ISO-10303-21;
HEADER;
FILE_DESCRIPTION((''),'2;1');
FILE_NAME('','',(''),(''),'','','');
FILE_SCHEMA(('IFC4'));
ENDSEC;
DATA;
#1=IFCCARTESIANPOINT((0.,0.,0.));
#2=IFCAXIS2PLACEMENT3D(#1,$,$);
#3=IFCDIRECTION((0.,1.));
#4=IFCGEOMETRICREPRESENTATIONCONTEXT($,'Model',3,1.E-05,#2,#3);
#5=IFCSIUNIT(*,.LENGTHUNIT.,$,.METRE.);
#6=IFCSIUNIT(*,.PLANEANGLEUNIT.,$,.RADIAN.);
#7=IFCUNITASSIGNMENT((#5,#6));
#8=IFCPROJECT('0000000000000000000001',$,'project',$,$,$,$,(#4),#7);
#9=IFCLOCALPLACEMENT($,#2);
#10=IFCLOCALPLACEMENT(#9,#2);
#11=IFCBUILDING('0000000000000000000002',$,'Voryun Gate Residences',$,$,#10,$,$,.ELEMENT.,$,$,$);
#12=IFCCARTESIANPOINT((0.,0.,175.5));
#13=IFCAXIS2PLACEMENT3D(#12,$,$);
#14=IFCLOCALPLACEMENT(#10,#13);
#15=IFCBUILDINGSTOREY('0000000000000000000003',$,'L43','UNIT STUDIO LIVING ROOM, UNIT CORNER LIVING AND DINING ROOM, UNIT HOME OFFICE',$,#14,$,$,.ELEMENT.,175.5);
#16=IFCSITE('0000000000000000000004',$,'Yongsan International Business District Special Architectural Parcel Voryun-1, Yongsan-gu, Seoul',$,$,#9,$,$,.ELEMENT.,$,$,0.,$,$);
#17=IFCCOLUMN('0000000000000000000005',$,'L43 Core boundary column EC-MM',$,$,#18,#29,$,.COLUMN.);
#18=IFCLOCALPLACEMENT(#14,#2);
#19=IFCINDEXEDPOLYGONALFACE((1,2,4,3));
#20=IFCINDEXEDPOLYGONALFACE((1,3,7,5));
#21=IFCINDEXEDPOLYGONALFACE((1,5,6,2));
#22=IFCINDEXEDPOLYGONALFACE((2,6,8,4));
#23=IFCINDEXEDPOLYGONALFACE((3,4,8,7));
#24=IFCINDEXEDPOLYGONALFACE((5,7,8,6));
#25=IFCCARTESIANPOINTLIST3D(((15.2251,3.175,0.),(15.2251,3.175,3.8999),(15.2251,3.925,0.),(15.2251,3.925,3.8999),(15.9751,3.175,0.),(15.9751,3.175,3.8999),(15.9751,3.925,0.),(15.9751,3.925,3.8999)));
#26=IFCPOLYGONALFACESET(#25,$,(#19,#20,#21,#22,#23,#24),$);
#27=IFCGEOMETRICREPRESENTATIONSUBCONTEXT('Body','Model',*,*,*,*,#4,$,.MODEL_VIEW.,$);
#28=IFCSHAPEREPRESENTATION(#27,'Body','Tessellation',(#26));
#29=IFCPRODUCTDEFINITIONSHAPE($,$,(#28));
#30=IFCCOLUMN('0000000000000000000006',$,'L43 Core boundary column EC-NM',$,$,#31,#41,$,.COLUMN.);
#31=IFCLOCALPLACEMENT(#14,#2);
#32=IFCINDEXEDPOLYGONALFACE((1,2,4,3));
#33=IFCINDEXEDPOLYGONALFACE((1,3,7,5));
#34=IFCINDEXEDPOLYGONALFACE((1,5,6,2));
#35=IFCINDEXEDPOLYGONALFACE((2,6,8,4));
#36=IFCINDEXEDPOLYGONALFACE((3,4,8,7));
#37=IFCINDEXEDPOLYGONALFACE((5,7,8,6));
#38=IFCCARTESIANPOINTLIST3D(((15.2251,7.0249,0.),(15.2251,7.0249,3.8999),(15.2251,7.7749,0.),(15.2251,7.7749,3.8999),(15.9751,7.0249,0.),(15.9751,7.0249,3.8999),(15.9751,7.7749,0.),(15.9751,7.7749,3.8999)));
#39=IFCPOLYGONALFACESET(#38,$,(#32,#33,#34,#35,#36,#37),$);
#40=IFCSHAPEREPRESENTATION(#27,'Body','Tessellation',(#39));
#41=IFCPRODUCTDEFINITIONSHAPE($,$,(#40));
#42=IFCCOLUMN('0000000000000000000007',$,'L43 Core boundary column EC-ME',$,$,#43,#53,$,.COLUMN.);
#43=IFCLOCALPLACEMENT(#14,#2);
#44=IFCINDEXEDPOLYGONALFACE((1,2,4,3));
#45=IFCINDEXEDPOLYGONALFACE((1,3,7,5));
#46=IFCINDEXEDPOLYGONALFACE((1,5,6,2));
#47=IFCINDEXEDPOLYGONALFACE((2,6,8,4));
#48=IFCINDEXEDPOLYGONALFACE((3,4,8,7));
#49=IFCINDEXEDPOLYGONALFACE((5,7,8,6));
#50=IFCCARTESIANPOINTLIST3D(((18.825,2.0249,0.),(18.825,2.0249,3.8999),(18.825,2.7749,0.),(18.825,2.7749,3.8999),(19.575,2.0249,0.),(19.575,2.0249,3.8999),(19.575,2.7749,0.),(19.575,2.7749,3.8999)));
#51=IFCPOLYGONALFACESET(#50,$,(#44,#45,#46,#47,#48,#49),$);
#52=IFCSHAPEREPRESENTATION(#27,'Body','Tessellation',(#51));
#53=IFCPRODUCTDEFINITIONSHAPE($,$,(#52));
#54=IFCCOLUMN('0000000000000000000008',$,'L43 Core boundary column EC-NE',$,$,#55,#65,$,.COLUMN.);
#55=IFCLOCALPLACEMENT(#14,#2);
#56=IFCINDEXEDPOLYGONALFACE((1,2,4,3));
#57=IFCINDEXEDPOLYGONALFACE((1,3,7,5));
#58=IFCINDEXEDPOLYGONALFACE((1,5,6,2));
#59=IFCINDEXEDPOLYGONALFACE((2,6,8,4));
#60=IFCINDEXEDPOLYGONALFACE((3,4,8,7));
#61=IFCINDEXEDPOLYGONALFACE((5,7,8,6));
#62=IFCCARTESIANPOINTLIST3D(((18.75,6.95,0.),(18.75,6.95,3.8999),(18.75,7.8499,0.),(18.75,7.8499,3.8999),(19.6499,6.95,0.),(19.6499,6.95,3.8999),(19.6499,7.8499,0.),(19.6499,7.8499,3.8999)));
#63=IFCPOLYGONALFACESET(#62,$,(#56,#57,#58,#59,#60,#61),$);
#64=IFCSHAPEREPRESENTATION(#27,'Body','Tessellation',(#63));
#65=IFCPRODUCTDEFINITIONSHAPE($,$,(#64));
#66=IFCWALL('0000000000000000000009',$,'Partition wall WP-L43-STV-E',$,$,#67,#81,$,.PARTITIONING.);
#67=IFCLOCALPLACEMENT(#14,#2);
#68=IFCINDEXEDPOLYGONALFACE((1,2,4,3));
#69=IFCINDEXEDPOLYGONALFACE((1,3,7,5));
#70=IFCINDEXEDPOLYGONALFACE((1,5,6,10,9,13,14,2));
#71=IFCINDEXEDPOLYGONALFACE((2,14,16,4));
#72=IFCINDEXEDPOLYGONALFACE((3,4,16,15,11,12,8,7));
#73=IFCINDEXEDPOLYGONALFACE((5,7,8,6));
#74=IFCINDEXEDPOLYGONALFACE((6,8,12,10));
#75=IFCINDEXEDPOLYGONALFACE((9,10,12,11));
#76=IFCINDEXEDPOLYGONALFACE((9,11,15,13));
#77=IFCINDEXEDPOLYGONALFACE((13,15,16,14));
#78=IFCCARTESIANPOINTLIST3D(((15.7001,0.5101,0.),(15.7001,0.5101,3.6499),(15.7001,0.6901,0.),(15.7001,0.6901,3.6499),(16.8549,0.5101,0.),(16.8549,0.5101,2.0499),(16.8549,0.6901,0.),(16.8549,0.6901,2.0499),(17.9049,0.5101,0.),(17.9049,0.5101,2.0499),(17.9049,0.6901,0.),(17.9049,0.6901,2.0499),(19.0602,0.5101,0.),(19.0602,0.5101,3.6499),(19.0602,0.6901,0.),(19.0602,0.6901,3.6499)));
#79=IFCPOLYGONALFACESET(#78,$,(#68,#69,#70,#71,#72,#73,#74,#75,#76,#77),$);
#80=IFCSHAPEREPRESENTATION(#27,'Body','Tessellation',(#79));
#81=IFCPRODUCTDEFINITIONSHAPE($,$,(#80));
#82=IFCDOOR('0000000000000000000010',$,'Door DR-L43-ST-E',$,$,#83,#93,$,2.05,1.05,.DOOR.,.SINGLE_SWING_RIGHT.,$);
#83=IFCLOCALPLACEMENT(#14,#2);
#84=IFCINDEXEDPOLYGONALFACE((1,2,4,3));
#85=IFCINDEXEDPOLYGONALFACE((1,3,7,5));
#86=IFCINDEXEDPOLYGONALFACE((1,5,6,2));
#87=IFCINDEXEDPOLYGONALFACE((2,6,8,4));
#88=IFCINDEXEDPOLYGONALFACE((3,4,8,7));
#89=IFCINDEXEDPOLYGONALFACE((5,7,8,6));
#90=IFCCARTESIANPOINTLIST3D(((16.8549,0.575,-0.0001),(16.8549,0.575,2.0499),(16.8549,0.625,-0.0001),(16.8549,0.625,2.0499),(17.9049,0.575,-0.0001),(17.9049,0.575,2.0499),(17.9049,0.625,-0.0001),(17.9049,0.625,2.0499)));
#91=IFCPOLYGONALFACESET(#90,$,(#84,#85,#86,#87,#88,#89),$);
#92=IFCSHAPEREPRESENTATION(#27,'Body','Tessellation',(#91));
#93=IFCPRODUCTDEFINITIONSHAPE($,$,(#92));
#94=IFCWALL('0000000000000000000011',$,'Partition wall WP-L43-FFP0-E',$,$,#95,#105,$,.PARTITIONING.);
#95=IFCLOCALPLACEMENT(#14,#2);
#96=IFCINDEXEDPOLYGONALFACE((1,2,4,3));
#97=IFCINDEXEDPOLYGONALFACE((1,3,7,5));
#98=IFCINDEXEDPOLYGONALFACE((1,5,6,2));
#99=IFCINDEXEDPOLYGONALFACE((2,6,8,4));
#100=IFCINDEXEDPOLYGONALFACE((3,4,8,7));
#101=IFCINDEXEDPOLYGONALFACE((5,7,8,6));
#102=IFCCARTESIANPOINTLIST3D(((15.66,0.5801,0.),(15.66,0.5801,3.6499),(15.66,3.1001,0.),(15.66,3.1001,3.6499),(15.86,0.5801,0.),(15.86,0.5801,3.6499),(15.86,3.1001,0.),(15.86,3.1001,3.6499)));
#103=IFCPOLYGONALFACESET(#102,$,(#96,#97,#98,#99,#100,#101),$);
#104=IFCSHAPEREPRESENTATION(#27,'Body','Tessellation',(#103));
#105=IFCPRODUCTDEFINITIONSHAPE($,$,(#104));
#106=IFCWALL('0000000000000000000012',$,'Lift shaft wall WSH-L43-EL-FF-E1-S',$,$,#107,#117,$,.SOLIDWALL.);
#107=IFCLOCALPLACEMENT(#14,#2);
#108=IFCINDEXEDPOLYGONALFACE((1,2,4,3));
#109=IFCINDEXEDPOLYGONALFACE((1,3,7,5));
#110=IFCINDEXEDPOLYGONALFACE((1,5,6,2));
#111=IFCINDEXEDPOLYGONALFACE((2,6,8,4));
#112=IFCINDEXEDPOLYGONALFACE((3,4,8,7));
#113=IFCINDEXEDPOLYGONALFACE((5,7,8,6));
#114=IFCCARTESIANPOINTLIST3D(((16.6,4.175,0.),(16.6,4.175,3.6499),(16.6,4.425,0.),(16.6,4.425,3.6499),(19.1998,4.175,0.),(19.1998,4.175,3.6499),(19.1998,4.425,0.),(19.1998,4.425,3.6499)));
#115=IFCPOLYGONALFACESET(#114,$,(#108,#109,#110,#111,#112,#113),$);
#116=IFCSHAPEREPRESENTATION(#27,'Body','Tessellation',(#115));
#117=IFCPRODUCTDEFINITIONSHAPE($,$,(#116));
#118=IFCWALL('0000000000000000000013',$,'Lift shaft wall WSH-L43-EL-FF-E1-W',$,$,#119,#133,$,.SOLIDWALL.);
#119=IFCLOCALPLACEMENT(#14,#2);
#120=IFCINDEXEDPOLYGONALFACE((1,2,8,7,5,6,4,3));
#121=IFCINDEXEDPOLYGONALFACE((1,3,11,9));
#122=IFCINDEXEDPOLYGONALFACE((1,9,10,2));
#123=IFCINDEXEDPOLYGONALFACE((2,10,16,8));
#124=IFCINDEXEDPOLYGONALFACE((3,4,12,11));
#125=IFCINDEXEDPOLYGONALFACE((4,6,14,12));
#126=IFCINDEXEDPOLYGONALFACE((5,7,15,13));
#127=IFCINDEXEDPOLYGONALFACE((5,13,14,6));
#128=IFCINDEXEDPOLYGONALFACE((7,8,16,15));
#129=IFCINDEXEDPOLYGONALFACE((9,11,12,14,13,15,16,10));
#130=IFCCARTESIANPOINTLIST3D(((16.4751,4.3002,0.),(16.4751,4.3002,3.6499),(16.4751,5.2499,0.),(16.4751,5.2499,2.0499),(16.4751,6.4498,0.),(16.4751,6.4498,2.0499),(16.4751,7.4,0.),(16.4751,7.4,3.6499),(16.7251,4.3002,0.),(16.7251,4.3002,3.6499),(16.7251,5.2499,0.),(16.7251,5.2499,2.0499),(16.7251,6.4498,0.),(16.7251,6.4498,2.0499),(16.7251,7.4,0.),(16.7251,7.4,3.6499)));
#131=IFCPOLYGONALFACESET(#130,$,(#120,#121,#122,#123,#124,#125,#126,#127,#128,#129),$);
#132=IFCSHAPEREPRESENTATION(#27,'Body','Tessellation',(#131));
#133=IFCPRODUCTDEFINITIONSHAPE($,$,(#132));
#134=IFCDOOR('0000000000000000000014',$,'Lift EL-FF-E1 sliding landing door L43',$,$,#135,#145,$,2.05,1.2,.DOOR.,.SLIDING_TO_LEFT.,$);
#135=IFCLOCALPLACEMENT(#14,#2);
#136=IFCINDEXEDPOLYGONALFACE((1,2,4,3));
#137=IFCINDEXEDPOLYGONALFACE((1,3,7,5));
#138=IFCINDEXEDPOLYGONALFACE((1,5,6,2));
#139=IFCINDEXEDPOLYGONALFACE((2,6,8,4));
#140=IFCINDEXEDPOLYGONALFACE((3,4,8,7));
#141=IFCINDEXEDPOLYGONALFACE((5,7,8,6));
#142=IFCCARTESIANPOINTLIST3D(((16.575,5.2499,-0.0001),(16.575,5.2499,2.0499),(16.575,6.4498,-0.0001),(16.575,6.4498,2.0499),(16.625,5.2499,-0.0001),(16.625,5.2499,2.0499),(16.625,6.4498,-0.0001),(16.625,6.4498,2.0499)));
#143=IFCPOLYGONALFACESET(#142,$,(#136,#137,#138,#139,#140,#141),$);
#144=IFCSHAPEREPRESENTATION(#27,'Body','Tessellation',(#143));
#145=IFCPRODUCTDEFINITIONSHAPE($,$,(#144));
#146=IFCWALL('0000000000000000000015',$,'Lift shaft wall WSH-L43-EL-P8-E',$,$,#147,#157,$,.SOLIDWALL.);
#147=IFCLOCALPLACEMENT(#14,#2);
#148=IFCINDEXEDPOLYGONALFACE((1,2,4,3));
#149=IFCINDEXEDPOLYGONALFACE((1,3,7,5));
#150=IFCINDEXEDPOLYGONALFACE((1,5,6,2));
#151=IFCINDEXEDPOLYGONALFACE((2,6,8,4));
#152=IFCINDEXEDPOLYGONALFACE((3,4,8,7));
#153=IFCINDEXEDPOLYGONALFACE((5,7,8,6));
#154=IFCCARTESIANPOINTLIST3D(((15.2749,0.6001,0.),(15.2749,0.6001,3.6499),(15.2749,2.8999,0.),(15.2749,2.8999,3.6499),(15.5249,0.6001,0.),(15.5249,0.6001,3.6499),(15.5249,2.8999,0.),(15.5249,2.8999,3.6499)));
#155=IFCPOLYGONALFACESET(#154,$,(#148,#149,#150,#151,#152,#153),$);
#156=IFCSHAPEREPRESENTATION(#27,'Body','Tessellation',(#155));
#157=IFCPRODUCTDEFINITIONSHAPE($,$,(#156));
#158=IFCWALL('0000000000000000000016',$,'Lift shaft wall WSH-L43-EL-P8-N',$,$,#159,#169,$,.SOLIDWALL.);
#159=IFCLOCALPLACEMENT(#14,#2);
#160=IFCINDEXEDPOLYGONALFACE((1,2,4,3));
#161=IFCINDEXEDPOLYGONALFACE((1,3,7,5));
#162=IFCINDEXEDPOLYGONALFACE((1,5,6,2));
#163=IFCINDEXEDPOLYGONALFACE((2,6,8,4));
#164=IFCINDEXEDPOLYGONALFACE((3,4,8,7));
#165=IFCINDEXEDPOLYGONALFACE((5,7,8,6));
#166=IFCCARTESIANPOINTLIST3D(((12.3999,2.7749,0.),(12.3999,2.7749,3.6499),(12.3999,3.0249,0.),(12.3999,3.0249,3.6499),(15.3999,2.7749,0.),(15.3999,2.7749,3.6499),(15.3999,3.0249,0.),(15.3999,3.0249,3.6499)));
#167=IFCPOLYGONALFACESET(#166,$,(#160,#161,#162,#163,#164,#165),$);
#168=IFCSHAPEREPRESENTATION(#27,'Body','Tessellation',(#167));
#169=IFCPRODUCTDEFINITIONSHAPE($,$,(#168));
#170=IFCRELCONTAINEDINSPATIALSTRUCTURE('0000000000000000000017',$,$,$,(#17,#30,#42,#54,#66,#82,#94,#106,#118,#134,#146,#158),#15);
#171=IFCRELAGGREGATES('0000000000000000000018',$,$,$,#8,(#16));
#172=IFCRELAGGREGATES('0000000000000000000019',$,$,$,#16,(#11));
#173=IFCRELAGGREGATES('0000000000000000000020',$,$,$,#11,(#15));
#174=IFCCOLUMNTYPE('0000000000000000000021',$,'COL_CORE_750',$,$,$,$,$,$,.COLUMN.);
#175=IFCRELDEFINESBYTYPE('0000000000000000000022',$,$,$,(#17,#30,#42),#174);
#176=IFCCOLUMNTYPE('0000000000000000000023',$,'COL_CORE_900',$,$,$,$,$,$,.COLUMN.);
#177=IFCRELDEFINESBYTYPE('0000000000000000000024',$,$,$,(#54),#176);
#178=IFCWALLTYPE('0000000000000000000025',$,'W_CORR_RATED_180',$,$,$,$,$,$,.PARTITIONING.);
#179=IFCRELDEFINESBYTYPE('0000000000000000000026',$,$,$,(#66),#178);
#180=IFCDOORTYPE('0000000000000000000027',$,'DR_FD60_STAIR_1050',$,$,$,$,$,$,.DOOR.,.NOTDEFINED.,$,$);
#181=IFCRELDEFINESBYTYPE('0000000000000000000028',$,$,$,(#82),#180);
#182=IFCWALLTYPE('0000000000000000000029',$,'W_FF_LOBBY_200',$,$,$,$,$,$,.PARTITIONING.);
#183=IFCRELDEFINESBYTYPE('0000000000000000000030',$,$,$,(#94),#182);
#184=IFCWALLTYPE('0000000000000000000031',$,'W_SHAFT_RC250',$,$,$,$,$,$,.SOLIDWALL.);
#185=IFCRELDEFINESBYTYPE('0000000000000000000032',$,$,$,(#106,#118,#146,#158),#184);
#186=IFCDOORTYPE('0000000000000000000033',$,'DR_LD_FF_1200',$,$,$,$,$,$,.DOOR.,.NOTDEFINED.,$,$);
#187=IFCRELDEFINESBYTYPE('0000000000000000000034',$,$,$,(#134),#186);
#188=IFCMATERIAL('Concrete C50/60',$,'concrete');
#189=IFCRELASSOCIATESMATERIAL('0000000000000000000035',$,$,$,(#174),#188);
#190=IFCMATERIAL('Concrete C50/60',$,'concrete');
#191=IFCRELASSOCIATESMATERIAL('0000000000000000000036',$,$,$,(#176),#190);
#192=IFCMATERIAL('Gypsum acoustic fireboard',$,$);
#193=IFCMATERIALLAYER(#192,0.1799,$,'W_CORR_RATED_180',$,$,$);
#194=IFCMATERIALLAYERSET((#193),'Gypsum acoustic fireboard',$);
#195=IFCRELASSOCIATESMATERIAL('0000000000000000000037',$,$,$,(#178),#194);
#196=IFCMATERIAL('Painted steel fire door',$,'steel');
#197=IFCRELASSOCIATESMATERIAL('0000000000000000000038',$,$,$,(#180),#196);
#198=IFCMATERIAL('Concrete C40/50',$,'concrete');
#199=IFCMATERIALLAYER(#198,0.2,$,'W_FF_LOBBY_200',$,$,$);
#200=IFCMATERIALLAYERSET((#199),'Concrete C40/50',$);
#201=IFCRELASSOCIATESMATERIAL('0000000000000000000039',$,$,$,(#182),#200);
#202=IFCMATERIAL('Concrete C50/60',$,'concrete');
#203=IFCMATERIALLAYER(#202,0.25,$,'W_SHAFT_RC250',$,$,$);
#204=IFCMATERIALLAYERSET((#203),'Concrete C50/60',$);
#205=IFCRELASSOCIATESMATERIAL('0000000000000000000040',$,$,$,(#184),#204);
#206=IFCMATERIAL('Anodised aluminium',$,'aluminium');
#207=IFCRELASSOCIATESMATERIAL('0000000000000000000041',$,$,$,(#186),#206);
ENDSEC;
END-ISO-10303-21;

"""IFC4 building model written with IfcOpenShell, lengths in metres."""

from ifc_helpers import new_model, si_unit, direction, frame, frame_2d, origin, origin_2d, place, context, subcontext, project, spatial, rectangle, extrude, material, layer, layer_set, material_profile, profile_set, type_object, element, fill, save


model = new_model("IFC4")

# Units and contexts
model_context = context("Model", 3, precision=1e-05, world=origin(), true_north=direction((0.0, 1.0)))
body_context = subcontext(model_context, "Body", "Model", "MODEL_VIEW")
ifc_project = project(units=[si_unit("LENGTHUNIT", "METRE"), si_unit("PLANEANGLEUNIT", "RADIAN")], contexts=[model_context])

# Site, building, storey
site_placement = place(None, origin())
site = spatial("IfcSite", under=ifc_project, at=site_placement, Name="Yongsan International Business District Special Architectural Parcel Voryun-1, Yongsan-gu, Seoul", CompositionType="ELEMENT", RefElevation=0.0)
building_placement = place(site_placement, origin())
building = spatial("IfcBuilding", under=site, at=building_placement, Name="Voryun Gate Residences", CompositionType="ELEMENT")
storey_placement = place(building_placement, frame((0.0, 0.0, 175.5)))
storey = spatial("IfcBuildingStorey", under=building, at=storey_placement, Name="L43", Description="UNIT STUDIO LIVING ROOM, UNIT CORNER LIVING AND DINING ROOM, UNIT HOME OFFICE", CompositionType="ELEMENT", Elevation=175.5)

# Columns
ifc_material_1 = material(Name="Concrete C50/60", Category="concrete")
ifc_material_profile_1 = material_profile(ifc_material_1, rectangle(XDim=0.75, YDim=0.75, at=origin_2d()), Name="RC-750x750")
ifc_profile_set_1 = profile_set([ifc_material_profile_1], Name="Concrete C50/60")
column_type_1 = type_object("IfcColumnType", Name="COL_CORE_750", PredefinedType="COLUMN", material=ifc_profile_set_1)
for number, where, z_axis, x_axis, name in (
    (1, (15.6001, 3.55, 0.0), (0.0, 0.0, 1.0), (1.0, 0.0, 0.0), "L43 Core boundary column EC-MM"),
    (2, (15.6001, 7.3999, 0.0), (0.0, 0.0, 1.0), (1.0, 0.0, 0.0), "L43 Core boundary column EC-NM"),
    (3, (19.2, 2.3999, 0.0), (0.0, 0.0, 1.0), (1.0, 0.0, 0.0), "L43 Core boundary column EC-ME"),
):
    element("IfcColumn", number, at=place(storey_placement, frame(where, z_axis=z_axis, x_axis=x_axis)), inside=storey, type_object=column_type_1, Name=name, PredefinedType="COLUMN", context=body_context, shape_type="SweptSolid", body=[
        extrude(rectangle(XDim=0.75, YDim=0.75, at=origin_2d()), origin(), (0.0, 0.0, 1.0), 3.8999),
    ])
ifc_material_2 = material(Name="Concrete C50/60", Category="concrete")
ifc_material_profile_2 = material_profile(ifc_material_2, rectangle(XDim=0.8999, YDim=0.8999, at=origin_2d()), Name="RC-900x900")
ifc_profile_set_2 = profile_set([ifc_material_profile_2], Name="Concrete C50/60")
column_type_2 = type_object("IfcColumnType", Name="COL_CORE_900", PredefinedType="COLUMN", material=ifc_profile_set_2)
column_placement = place(storey_placement, frame((19.2, 7.3999, 0.0), z_axis=(0.0, 0.0, 1.0), x_axis=(1.0, 0.0, 0.0)))
element("IfcColumn", 4, at=column_placement, inside=storey, type_object=column_type_2, Name="L43 Core boundary column EC-NE", PredefinedType="COLUMN", context=body_context, shape_type="SweptSolid", body=[
    extrude(rectangle(XDim=0.8999, YDim=0.8999, at=origin_2d()), origin(), (0.0, 0.0, 1.0), 3.8999),
])

# Wall, opening, door
ifc_material_3 = material(Name="Gypsum acoustic fireboard")
ifc_layer_1 = layer(ifc_material_3, 0.1799, Name="W_CORR_RATED_180")
ifc_layer_set_1 = layer_set([ifc_layer_1], Name="Gypsum acoustic fireboard")
wall_type_1 = type_object("IfcWallType", Name="W_CORR_RATED_180", PredefinedType="PARTITIONING", material=ifc_layer_set_1)
wall_1_placement = place(storey_placement, frame((15.7, 0.6001, 0.0), z_axis=(0.0, 0.0, 1.0), x_axis=(1.0, 0.0, 0.0)))
wall_1 = element("IfcWall", 5, at=wall_1_placement, inside=storey, type_object=wall_type_1, Name="Partition wall WP-L43-STV-E", PredefinedType="PARTITIONING", context=body_context, shape_type="SweptSolid", body=[
    extrude(rectangle(XDim=3.3601, YDim=0.1799, at=frame_2d((1.6802, 0.0))), origin(), (0.0, 0.0, 1.0), 3.6499),
])
opening_1_placement = place(wall_1_placement, frame((1.155, 0.0, 0.0)))
opening_1 = element("IfcOpeningElement", 6, at=opening_1_placement, cuts=wall_1, PredefinedType="OPENING", context=body_context, shape_type="SweptSolid", body=[
    extrude(rectangle(XDim=1.05, YDim=2.05, at=frame_2d((0.5249, 1.0249))), frame((0.0, 0.0999, 0.0), z_axis=(0.0, -1.0, 0.0), x_axis=(1.0, 0.0, 0.0)), (0.0, 0.0, 1.0), 0.2),
])
ifc_material_4 = material(Name="Painted steel fire door", Category="steel")
door_type_1 = type_object("IfcDoorType", Name="DR_FD60_STAIR_1050", OperationType="NOTDEFINED", PredefinedType="DOOR", material=ifc_material_4)
door_1_placement = place(opening_1_placement, origin())
door_1 = element("IfcDoor", 7, at=door_1_placement, inside=storey, type_object=door_type_1, Name="Door DR-L43-ST-E", OperationType="SINGLE_SWING_RIGHT", OverallHeight=2.05, OverallWidth=1.05, PredefinedType="DOOR", context=body_context, shape_type="SweptSolid", body=[
    extrude(rectangle(XDim=1.05, YDim=2.05, at=frame_2d((0.5249, 1.0249))), frame((0.0, 0.0249, 0.0), z_axis=(0.0, -1.0, 0.0), x_axis=(1.0, 0.0, 0.0)), (0.0, 0.0, 1.0), 0.05),
])
fill(opening_1, door_1)

# Walls
ifc_material_5 = material(Name="Concrete C40/50", Category="concrete")
ifc_layer_2 = layer(ifc_material_5, 0.2, Name="W_FF_LOBBY_200")
ifc_layer_set_2 = layer_set([ifc_layer_2], Name="Concrete C40/50")
wall_type_2 = type_object("IfcWallType", Name="W_FF_LOBBY_200", PredefinedType="PARTITIONING", material=ifc_layer_set_2)
wall_2_placement = place(storey_placement, frame((15.76, 0.5801, 0.0), z_axis=(0.0, 0.0, 1.0), x_axis=(0.0, 1.0, 0.0)))
element("IfcWall", 8, at=wall_2_placement, inside=storey, type_object=wall_type_2, Name="Partition wall WP-L43-FFP0-E", PredefinedType="PARTITIONING", context=body_context, shape_type="SweptSolid", body=[
    extrude(rectangle(XDim=2.52, YDim=0.2, at=frame_2d((1.26, 0.0))), origin(), (0.0, 0.0, 1.0), 3.6499),
])
ifc_material_6 = material(Name="Concrete C50/60", Category="concrete")
ifc_layer_3 = layer(ifc_material_6, 0.25, Name="W_SHAFT_RC250")
ifc_layer_set_3 = layer_set([ifc_layer_3], Name="Concrete C50/60")
wall_type_3 = type_object("IfcWallType", Name="W_SHAFT_RC250", PredefinedType="SOLIDWALL", material=ifc_layer_set_3)
wall_3_placement = place(storey_placement, frame((16.6001, 4.3, 0.0), z_axis=(0.0, 0.0, 1.0), x_axis=(1.0, 0.0, 0.0)))
element("IfcWall", 9, at=wall_3_placement, inside=storey, type_object=wall_type_3, Name="Lift shaft wall WSH-L43-EL-FF-E1-S", PredefinedType="SOLIDWALL", context=body_context, shape_type="SweptSolid", body=[
    extrude(rectangle(XDim=2.5999, YDim=0.25, at=frame_2d((1.2998, 0.0))), origin(), (0.0, 0.0, 1.0), 3.6499),
])

# Wall, opening, door
wall_4_placement = place(storey_placement, frame((16.6001, 7.3999, 0.0), z_axis=(0.0, 0.0, 1.0), x_axis=(0.0, -1.0, 0.0)))
wall_4 = element("IfcWall", 10, at=wall_4_placement, inside=storey, type_object=wall_type_3, Name="Lift shaft wall WSH-L43-EL-FF-E1-W", PredefinedType="SOLIDWALL", context=body_context, shape_type="SweptSolid", body=[
    extrude(rectangle(XDim=3.0999, YDim=0.25, at=frame_2d((1.5498, 0.0))), origin(), (0.0, 0.0, 1.0), 3.6499),
])
opening_2_placement = place(wall_4_placement, frame((0.95, 0.0, 0.0)))
opening_2 = element("IfcOpeningElement", 11, at=opening_2_placement, cuts=wall_4, PredefinedType="OPENING", context=body_context, shape_type="SweptSolid", body=[
    extrude(rectangle(XDim=1.2, YDim=2.05, at=frame_2d((0.6001, 1.0249))), frame((0.0, 0.135, 0.0), z_axis=(0.0, -1.0, 0.0), x_axis=(1.0, 0.0, 0.0)), (0.0, 0.0, 1.0), 0.27),
])
ifc_material_7 = material(Name="Anodised aluminium", Category="aluminium")
door_type_2 = type_object("IfcDoorType", Name="DR_LD_FF_1200", OperationType="NOTDEFINED", PredefinedType="DOOR", material=ifc_material_7)
door_2_placement = place(opening_2_placement, origin())
door_2 = element("IfcDoor", 12, at=door_2_placement, inside=storey, type_object=door_type_2, Name="Lift EL-FF-E1 sliding landing door L43", OperationType="SLIDING_TO_LEFT", OverallHeight=2.05, OverallWidth=1.2, PredefinedType="DOOR", context=body_context, shape_type="SweptSolid", body=[
    extrude(rectangle(XDim=1.2, YDim=2.05, at=frame_2d((0.6001, 1.0249))), frame((0.0, 0.0249, 0.0), z_axis=(0.0, -1.0, 0.0), x_axis=(1.0, 0.0, 0.0)), (0.0, 0.0, 1.0), 0.05),
])
fill(opening_2, door_2)

# Walls
wall_5_placement = place(storey_placement, frame((15.3999, 0.6001, 0.0), z_axis=(0.0, 0.0, 1.0), x_axis=(0.0, 1.0, 0.0)))
element("IfcWall", 13, at=wall_5_placement, inside=storey, type_object=wall_type_3, Name="Lift shaft wall WSH-L43-EL-P8-E", PredefinedType="SOLIDWALL", context=body_context, shape_type="SweptSolid", body=[
    extrude(rectangle(XDim=2.2998, YDim=0.25, at=frame_2d((1.1499, 0.0))), origin(), (0.0, 0.0, 1.0), 3.6499),
])
wall_6_placement = place(storey_placement, frame((15.3999, 2.8999, 0.0), z_axis=(0.0, 0.0, 1.0), x_axis=(-1.0, 0.0, 0.0)))
element("IfcWall", 14, at=wall_6_placement, inside=storey, type_object=wall_type_3, Name="Lift shaft wall WSH-L43-EL-P8-N", PredefinedType="SOLIDWALL", context=body_context, shape_type="SweptSolid", body=[
    extrude(rectangle(XDim=3.0, YDim=0.25, at=frame_2d((1.5, 0.0))), origin(), (0.0, 0.0, 1.0), 3.6499),
])

save(model, "model.ifc")
